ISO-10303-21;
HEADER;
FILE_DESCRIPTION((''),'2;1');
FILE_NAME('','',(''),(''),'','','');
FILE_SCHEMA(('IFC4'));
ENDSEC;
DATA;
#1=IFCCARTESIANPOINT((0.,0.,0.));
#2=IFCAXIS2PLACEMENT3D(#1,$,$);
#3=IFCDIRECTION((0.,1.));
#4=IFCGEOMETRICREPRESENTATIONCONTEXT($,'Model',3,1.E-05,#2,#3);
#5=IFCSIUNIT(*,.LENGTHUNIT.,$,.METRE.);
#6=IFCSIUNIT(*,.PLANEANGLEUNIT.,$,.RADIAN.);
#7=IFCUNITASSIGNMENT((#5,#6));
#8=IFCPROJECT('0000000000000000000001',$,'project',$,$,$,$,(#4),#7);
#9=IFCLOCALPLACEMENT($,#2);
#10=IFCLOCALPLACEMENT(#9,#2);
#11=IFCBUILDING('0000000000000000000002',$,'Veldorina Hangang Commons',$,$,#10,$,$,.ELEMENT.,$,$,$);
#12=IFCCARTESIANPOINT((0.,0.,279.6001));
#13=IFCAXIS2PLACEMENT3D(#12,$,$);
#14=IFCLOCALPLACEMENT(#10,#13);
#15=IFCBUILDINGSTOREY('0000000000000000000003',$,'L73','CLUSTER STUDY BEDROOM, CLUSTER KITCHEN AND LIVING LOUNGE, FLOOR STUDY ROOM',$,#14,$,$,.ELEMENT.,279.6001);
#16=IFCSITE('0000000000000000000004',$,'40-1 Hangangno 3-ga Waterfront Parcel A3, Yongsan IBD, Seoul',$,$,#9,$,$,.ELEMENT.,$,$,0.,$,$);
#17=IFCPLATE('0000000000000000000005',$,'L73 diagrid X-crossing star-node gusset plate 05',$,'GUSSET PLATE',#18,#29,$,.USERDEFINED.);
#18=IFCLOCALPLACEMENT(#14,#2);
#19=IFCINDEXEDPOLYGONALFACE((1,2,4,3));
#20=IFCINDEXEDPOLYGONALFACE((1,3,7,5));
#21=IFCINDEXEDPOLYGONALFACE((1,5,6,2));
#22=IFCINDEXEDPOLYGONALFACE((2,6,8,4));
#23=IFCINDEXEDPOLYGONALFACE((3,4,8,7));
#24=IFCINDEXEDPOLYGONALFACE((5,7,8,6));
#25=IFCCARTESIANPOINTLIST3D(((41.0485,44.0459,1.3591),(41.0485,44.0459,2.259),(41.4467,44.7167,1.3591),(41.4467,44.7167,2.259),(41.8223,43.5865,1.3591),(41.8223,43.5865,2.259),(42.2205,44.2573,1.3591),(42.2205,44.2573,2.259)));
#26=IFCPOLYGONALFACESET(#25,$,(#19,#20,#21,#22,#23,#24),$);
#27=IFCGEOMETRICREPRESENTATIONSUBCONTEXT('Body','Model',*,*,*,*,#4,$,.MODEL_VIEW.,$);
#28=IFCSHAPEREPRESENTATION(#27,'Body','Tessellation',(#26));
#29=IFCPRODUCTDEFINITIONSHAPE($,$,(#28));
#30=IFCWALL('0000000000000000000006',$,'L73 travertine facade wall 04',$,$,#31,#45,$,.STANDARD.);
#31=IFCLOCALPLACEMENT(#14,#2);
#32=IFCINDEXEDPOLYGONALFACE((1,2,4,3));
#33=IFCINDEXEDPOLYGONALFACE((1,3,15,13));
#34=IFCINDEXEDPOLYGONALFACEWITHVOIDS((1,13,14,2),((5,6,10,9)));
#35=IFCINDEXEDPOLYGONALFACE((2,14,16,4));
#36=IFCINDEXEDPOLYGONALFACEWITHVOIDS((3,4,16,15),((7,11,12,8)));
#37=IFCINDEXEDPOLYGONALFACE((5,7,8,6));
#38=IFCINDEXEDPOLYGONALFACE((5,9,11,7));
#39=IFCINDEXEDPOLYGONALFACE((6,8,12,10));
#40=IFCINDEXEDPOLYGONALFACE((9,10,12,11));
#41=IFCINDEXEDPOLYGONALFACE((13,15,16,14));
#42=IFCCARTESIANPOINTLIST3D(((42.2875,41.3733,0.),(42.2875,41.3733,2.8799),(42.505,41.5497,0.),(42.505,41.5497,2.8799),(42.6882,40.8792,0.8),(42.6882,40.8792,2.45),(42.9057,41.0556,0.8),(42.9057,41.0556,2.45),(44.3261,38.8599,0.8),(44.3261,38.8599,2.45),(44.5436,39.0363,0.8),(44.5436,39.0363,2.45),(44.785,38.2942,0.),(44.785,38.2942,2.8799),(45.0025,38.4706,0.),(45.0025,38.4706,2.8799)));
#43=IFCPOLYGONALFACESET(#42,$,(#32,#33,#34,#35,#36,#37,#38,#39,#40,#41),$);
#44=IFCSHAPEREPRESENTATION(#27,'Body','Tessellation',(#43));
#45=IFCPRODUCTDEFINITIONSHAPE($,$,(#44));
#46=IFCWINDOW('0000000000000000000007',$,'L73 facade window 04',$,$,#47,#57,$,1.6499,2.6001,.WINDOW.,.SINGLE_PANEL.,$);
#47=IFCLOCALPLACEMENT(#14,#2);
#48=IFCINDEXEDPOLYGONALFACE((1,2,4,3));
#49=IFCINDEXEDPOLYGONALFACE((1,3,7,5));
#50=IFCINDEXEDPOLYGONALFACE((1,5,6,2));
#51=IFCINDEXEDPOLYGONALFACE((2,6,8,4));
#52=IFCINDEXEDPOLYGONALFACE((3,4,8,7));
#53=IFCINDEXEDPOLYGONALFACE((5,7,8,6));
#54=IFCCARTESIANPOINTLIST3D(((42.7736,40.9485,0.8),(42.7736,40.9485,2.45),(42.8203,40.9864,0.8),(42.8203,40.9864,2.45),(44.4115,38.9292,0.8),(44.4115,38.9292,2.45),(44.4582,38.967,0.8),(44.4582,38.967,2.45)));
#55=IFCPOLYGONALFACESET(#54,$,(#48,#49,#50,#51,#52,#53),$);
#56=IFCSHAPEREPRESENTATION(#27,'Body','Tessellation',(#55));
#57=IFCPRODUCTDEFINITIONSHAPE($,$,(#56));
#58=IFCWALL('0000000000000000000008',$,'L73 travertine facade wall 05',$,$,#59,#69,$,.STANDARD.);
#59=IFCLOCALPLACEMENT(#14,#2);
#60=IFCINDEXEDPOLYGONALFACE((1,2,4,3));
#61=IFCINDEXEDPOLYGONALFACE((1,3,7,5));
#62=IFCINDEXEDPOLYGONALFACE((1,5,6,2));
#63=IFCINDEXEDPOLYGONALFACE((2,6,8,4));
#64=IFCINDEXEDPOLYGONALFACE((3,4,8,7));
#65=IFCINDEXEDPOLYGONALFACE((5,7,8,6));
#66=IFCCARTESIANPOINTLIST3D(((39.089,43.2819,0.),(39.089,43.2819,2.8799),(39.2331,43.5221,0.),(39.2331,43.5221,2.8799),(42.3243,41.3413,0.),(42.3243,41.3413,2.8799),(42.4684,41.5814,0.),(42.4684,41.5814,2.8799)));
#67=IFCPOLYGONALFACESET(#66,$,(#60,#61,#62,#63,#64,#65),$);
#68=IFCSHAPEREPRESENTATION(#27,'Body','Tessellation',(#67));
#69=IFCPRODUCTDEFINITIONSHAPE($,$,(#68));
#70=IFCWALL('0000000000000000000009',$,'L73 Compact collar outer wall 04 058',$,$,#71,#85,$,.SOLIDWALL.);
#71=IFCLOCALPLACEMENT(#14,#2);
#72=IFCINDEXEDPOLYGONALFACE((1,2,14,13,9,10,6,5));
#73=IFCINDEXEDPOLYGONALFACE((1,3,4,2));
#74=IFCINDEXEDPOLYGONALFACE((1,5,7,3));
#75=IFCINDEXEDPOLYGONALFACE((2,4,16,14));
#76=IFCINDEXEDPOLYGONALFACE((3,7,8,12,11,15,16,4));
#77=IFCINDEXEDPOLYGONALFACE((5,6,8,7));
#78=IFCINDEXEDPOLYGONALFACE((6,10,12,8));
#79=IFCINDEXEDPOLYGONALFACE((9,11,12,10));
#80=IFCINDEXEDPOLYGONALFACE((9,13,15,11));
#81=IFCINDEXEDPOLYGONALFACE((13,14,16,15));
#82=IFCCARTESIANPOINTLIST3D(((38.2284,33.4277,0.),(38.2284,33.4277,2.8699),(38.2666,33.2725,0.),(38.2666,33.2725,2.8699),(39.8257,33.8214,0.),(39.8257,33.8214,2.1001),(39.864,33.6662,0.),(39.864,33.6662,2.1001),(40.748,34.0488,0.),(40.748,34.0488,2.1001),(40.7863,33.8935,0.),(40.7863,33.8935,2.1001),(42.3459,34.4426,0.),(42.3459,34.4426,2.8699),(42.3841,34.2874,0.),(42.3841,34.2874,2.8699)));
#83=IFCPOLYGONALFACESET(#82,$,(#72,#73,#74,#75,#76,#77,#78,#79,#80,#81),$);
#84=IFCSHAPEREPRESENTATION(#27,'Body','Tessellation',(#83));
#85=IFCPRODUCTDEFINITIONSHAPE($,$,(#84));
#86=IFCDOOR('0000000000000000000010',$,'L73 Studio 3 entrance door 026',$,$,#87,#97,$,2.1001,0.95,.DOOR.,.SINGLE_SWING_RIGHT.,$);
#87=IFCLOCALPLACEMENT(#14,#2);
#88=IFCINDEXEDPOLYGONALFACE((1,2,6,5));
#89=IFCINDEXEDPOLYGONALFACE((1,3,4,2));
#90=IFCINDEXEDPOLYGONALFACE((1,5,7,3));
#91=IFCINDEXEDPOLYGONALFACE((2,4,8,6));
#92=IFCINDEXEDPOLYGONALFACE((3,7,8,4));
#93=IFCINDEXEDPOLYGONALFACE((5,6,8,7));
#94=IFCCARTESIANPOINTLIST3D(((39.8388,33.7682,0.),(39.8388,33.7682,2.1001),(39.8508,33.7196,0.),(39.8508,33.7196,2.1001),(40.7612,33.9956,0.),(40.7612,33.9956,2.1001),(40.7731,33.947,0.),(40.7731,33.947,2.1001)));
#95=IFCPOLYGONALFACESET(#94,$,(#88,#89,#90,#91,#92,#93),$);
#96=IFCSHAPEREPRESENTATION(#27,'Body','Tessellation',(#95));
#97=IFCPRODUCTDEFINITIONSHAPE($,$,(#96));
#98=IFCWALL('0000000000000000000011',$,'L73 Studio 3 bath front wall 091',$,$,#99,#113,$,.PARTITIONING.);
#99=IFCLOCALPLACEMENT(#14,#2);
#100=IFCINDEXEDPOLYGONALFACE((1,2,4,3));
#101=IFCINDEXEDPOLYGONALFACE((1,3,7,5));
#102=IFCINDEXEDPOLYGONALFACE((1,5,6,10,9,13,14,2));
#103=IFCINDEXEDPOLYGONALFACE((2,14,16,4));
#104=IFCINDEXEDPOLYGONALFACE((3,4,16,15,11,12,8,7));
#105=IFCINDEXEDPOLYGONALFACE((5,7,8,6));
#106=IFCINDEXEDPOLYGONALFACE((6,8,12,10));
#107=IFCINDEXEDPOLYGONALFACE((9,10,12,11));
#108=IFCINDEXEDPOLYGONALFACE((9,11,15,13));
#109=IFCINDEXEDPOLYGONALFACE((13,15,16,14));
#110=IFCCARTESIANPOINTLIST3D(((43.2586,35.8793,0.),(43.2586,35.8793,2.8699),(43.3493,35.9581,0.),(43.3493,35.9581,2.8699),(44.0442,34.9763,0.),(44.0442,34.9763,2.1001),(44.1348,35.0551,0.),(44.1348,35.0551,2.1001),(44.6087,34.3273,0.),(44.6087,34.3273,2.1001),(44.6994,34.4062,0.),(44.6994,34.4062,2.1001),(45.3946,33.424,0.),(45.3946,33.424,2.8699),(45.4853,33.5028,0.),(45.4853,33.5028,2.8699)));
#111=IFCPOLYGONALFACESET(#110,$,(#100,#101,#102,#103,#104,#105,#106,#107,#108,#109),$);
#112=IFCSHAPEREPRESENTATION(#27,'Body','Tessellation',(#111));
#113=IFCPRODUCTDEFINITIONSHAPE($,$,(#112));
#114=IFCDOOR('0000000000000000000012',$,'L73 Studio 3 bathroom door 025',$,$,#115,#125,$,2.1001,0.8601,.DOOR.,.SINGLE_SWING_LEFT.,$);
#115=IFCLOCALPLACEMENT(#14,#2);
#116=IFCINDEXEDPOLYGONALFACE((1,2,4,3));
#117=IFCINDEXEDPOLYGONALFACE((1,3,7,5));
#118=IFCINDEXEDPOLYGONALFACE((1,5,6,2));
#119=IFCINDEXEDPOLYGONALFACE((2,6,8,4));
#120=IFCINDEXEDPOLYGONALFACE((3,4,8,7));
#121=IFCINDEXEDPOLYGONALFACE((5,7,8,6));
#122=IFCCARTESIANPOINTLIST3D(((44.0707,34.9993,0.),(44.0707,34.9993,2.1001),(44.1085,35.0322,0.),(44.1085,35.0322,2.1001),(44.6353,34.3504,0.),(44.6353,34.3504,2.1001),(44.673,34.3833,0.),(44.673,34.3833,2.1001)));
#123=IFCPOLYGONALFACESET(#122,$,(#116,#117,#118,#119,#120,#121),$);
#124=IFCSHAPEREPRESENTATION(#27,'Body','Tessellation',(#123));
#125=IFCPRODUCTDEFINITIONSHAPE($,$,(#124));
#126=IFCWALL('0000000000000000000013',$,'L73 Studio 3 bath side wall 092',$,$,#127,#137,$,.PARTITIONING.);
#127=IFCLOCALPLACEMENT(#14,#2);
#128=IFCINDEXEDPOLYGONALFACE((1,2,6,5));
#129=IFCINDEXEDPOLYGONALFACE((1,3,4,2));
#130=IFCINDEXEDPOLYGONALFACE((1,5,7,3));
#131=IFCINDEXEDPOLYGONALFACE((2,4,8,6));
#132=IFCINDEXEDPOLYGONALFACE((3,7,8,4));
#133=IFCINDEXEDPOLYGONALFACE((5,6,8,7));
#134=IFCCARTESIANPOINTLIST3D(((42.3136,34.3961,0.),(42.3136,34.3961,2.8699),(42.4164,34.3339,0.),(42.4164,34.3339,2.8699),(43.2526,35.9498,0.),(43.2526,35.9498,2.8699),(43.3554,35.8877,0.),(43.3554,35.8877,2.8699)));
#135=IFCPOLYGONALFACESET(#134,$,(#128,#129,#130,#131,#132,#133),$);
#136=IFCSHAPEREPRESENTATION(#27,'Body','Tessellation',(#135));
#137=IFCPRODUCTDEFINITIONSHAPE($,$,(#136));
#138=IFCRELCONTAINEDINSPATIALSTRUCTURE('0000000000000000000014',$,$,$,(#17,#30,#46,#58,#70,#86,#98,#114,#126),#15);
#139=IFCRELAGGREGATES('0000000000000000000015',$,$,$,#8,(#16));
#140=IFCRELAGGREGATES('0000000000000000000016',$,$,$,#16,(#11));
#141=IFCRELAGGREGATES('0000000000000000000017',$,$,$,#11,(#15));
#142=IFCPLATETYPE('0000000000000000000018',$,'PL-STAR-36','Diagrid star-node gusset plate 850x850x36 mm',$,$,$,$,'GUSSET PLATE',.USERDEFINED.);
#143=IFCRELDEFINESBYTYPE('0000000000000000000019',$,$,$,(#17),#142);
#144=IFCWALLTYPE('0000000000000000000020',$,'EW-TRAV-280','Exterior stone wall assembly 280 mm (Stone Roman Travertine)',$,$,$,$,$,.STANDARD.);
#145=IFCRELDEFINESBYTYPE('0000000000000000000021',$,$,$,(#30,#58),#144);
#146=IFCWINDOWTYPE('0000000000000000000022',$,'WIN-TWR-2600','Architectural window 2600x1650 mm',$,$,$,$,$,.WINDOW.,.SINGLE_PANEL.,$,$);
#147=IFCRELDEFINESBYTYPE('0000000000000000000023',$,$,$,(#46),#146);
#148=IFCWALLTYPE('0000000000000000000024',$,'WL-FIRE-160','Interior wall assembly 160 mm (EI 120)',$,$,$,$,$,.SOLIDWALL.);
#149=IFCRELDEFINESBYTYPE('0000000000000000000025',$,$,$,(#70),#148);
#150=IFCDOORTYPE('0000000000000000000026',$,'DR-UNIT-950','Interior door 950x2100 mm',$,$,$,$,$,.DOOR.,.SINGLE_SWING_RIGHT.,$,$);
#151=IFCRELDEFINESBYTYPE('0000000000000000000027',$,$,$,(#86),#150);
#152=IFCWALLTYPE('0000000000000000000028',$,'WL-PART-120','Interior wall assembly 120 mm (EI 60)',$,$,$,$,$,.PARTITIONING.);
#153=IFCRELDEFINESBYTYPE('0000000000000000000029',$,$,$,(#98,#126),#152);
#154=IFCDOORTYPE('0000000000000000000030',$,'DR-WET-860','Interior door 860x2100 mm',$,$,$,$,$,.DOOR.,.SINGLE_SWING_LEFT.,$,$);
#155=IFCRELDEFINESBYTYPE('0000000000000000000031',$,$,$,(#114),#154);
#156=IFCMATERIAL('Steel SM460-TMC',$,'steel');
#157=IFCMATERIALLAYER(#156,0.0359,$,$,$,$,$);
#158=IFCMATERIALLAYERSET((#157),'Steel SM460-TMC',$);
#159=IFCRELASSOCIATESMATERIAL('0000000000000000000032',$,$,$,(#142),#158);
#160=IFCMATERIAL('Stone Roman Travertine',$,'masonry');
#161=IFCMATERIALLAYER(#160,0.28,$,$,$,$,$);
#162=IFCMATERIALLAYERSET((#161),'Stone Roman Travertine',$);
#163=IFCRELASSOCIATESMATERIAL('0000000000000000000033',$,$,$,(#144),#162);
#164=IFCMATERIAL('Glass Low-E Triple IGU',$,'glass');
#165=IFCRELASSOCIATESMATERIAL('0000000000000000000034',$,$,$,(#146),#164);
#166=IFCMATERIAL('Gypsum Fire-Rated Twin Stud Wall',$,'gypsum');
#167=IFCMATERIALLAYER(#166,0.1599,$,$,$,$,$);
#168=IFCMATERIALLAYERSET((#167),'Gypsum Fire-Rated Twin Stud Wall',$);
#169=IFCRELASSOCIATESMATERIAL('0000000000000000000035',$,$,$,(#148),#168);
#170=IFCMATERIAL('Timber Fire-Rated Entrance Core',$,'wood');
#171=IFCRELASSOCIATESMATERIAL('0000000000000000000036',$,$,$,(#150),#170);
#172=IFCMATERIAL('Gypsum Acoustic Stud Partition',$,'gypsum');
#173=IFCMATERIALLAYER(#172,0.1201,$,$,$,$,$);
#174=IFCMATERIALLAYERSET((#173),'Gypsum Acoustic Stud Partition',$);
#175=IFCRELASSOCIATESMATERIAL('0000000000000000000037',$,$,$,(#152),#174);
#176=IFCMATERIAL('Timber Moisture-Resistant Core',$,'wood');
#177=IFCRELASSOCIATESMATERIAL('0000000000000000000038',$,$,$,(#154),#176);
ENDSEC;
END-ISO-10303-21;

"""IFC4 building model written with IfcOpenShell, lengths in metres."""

from ifc_helpers import new_model, si_unit, direction, frame, frame_2d, origin, origin_2d, place, context, subcontext, project, spatial, rectangle, extrude, material, layer, layer_set, type_object, element, fill, save


model = new_model("IFC4")

# Units and contexts
model_context = context("Model", 3, precision=1e-05, world=origin(), true_north=direction((0.0, 1.0)))
body_context = subcontext(model_context, "Body", "Model", "MODEL_VIEW")
ifc_project = project(units=[si_unit("LENGTHUNIT", "METRE"), si_unit("PLANEANGLEUNIT", "RADIAN")], contexts=[model_context])

# Site, building, storey
site_placement = place(None, origin())
site = spatial("IfcSite", under=ifc_project, at=site_placement, Name="40-1 Hangangno 3-ga Waterfront Parcel A3, Yongsan IBD, Seoul", CompositionType="ELEMENT", RefElevation=0.0)
building_placement = place(site_placement, origin())
building = spatial("IfcBuilding", under=site, at=building_placement, Name="Veldorina Hangang Commons", CompositionType="ELEMENT")
storey_placement = place(building_placement, frame((0.0, 0.0, 279.6001)))
storey = spatial("IfcBuildingStorey", under=building, at=storey_placement, Name="L73", Description="CLUSTER STUDY BEDROOM, CLUSTER KITCHEN AND LIVING LOUNGE, FLOOR STUDY ROOM", CompositionType="ELEMENT", Elevation=279.6001)

# Shared definitions
ifc_material_1 = material(Name="Glass Low-E Triple IGU", Category="glass")

# Plate
ifc_material_2 = material(Name="Steel SM460-TMC", Category="steel")
ifc_layer_1 = layer(ifc_material_2, 0.0359)
ifc_layer_set_1 = layer_set([ifc_layer_1], Name="Steel SM460-TMC")
plate_type_1 = type_object("IfcPlateType", Name="PL-STAR-36", Description="Diagrid star-node gusset plate 850x850x36 mm", ElementType="GUSSET PLATE", PredefinedType="USERDEFINED", material=ifc_layer_set_1)
plate_1_placement = place(storey_placement, frame((41.6345, 44.1516, 1.3591), z_axis=(0.0, 0.0, 1.0), x_axis=(-0.859879, 0.510498, 0.0)))
element("IfcPlate", 1, at=plate_1_placement, inside=storey, type_object=plate_type_1, Name="L73 diagrid X-crossing star-node gusset plate 05", ObjectType="GUSSET PLATE", PredefinedType="USERDEFINED", context=body_context, shape_type="SweptSolid", body=[
    extrude(rectangle(XDim=0.8999, YDim=0.78, at=origin_2d()), origin(), (0.0, 0.0, 1.0), 0.8999),
])

# Wall, opening, window
ifc_material_3 = material(Name="Stone Roman Travertine", Category="masonry")
ifc_layer_2 = layer(ifc_material_3, 0.28)
ifc_layer_set_2 = layer_set([ifc_layer_2], Name="Stone Roman Travertine")
wall_type_1 = type_object("IfcWallType", Name="EW-TRAV-280", Description="Exterior stone wall assembly 280 mm (Stone Roman Travertine)", PredefinedType="STANDARD", material=ifc_layer_set_2)
wall_1_placement = place(storey_placement, frame((44.8938, 38.3823, 0.0), z_axis=(0.0, 0.0, 1.0), x_axis=(-0.629953, 0.776634, 0.0)))
wall_1 = element("IfcWall", 2, at=wall_1_placement, inside=storey, type_object=wall_type_1, Name="L73 travertine facade wall 04", PredefinedType="STANDARD", context=body_context, shape_type="SweptSolid", body=[
    extrude(rectangle(XDim=3.9646, YDim=0.28, at=frame_2d((1.9824, 0.0))), origin(), (0.0, 0.0, 1.0), 2.8799),
])
opening_1_placement = place(wall_1_placement, frame((0.7285, 0.0, 0.8)))
opening_1 = element("IfcOpeningElement", 3, at=opening_1_placement, cuts=wall_1, PredefinedType="OPENING", context=body_context, shape_type="SweptSolid", body=[
    extrude(rectangle(XDim=2.6001, YDim=1.6499, at=frame_2d((1.3, 0.825))), frame((0.0, 0.1499, 0.0), z_axis=(0.0, -1.0, 0.0), x_axis=(1.0, 0.0, 0.0)), (0.0, 0.0, 1.0), 0.3),
])
window_type = type_object("IfcWindowType", Name="WIN-TWR-2600", Description="Architectural window 2600x1650 mm", PartitioningType="SINGLE_PANEL", PredefinedType="WINDOW", material=ifc_material_1)
window_placement = place(opening_1_placement, origin())
window = element("IfcWindow", 4, at=window_placement, inside=storey, type_object=window_type, Name="L73 facade window 04", OverallHeight=1.6499, OverallWidth=2.6001, PartitioningType="SINGLE_PANEL", PredefinedType="WINDOW", context=body_context, shape_type="SweptSolid", body=[
    extrude(rectangle(XDim=2.6001, YDim=1.6499, at=frame_2d((1.3, 0.825))), frame((0.0, 0.03, 0.0), z_axis=(0.0, -1.0, 0.0), x_axis=(1.0, 0.0, 0.0)), (0.0, 0.0, 1.0), 0.0601),
])
fill(opening_1, window)

# Wall
wall_2_placement = place(storey_placement, frame((42.3962, 41.4614, 0.0), z_axis=(0.0, 0.0, 1.0), x_axis=(-0.857556, 0.514391, 0.0)))
element("IfcWall", 5, at=wall_2_placement, inside=storey, type_object=wall_type_1, Name="L73 travertine facade wall 05", PredefinedType="STANDARD", context=body_context, shape_type="SweptSolid", body=[
    extrude(rectangle(XDim=3.7727, YDim=0.28, at=frame_2d((1.8862, 0.0))), origin(), (0.0, 0.0, 1.0), 2.8799),
])

# Walls, openings, doors
ifc_material_4 = material(Name="Gypsum Fire-Rated Twin Stud Wall", Category="gypsum")
ifc_layer_3 = layer(ifc_material_4, 0.1599)
ifc_layer_set_3 = layer_set([ifc_layer_3], Name="Gypsum Fire-Rated Twin Stud Wall")
wall_type_2 = type_object("IfcWallType", Name="WL-FIRE-160", Description="Interior wall assembly 160 mm (EI 120)", PredefinedType="SOLIDWALL", material=ifc_layer_set_3)
wall_3_placement = place(storey_placement, frame((42.365, 34.365, 0.0), z_axis=(0.0, 0.0, 1.0), x_axis=(-0.97094, -0.239324, 0.0)))
wall_3 = element("IfcWall", 6, at=wall_3_placement, inside=storey, type_object=wall_type_2, Name="L73 Compact collar outer wall 04 058", PredefinedType="SOLIDWALL", context=body_context, shape_type="SweptSolid", body=[
    extrude(rectangle(XDim=4.2407, YDim=0.1599, at=frame_2d((2.1204, 0.0))), origin(), (0.0, 0.0, 1.0), 2.8699),
])
opening_2_placement = place(wall_3_placement, frame((1.6455, 0.0, 0.0)))
opening_2 = element("IfcOpeningElement", 7, at=opening_2_placement, cuts=wall_3, PredefinedType="OPENING", context=body_context, shape_type="SweptSolid", body=[
    extrude(rectangle(XDim=0.95, YDim=2.1001, at=frame_2d((0.4751, 1.05))), frame((0.0, 0.0898, 0.0), z_axis=(0.0, -1.0, 0.0), x_axis=(1.0, 0.0, 0.0)), (0.0, 0.0, 1.0), 0.1799),
])
ifc_material_5 = material(Name="Timber Fire-Rated Entrance Core", Category="wood")
door_type_1 = type_object("IfcDoorType", Name="DR-UNIT-950", Description="Interior door 950x2100 mm", OperationType="SINGLE_SWING_RIGHT", PredefinedType="DOOR", material=ifc_material_5)
door_1_placement = place(opening_2_placement, origin())
door_1 = element("IfcDoor", 8, at=door_1_placement, inside=storey, type_object=door_type_1, Name="L73 Studio 3 entrance door 026", OperationType="SINGLE_SWING_RIGHT", OverallHeight=2.1001, OverallWidth=0.95, PredefinedType="DOOR", context=body_context, shape_type="SweptSolid", body=[
    extrude(rectangle(XDim=0.95, YDim=2.1001, at=frame_2d((0.4751, 1.05))), frame((0.0, 0.0249, 0.0), z_axis=(0.0, -1.0, 0.0), x_axis=(1.0, 0.0, 0.0)), (0.0, 0.0, 1.0), 0.05),
])
fill(opening_2, door_1)
ifc_material_6 = material(Name="Gypsum Acoustic Stud Partition", Category="gypsum")
ifc_layer_4 = layer(ifc_material_6, 0.1201)
ifc_layer_set_4 = layer_set([ifc_layer_4], Name="Gypsum Acoustic Stud Partition")
wall_type_3 = type_object("IfcWallType", Name="WL-PART-120", Description="Interior wall assembly 120 mm (EI 60)", PredefinedType="PARTITIONING", material=ifc_layer_set_4)
wall_4_placement = place(storey_placement, frame((45.4399, 33.4634, 0.0), z_axis=(0.0, 0.0, 1.0), x_axis=(-0.65634, 0.754465, 0.0)))
wall_4 = element("IfcWall", 9, at=wall_4_placement, inside=storey, type_object=wall_type_3, Name="L73 Studio 3 bath front wall 091", PredefinedType="PARTITIONING", context=body_context, shape_type="SweptSolid", body=[
    extrude(rectangle(XDim=3.2544, YDim=0.1201, at=frame_2d((1.6272, 0.0))), origin(), (0.0, 0.0, 1.0), 2.8699),
])
opening_3_placement = place(wall_4_placement, frame((1.1973, 0.0, 0.0)))
opening_3 = element("IfcOpeningElement", 10, at=opening_3_placement, cuts=wall_4, PredefinedType="OPENING", context=body_context, shape_type="SweptSolid", body=[
    extrude(rectangle(XDim=0.8601, YDim=2.1001, at=frame_2d((0.4302, 1.05))), frame((0.0, 0.0701, 0.0), z_axis=(0.0, -1.0, 0.0), x_axis=(1.0, 0.0, 0.0)), (0.0, 0.0, 1.0), 0.1401),
])
ifc_material_7 = material(Name="Timber Moisture-Resistant Core", Category="wood")
door_type_2 = type_object("IfcDoorType", Name="DR-WET-860", Description="Interior door 860x2100 mm", OperationType="SINGLE_SWING_LEFT", PredefinedType="DOOR", material=ifc_material_7)
door_2_placement = place(opening_3_placement, origin())
door_2 = element("IfcDoor", 11, at=door_2_placement, inside=storey, type_object=door_type_2, Name="L73 Studio 3 bathroom door 025", OperationType="SINGLE_SWING_LEFT", OverallHeight=2.1001, OverallWidth=0.8601, PredefinedType="DOOR", context=body_context, shape_type="SweptSolid", body=[
    extrude(rectangle(XDim=0.8601, YDim=2.1001, at=frame_2d((0.4302, 1.05))), frame((0.0, 0.0249, 0.0), z_axis=(0.0, -1.0, 0.0), x_axis=(1.0, 0.0, 0.0)), (0.0, 0.0, 1.0), 0.05),
])
fill(opening_3, door_2)

# Wall
wall_5_placement = place(storey_placement, frame((42.365, 34.365, 0.0), z_axis=(0.0, 0.0, 1.0), x_axis=(0.517222, 0.855851, 0.0)))
element("IfcWall", 12, at=wall_5_placement, inside=storey, type_object=wall_type_3, Name="L73 Studio 3 bath side wall 092", PredefinedType="PARTITIONING", context=body_context, shape_type="SweptSolid", body=[
    extrude(rectangle(XDim=1.8154, YDim=0.1201, at=frame_2d((0.9077, 0.0))), origin(), (0.0, 0.0, 1.0), 2.8699),
])

save(model, "model.ifc")
